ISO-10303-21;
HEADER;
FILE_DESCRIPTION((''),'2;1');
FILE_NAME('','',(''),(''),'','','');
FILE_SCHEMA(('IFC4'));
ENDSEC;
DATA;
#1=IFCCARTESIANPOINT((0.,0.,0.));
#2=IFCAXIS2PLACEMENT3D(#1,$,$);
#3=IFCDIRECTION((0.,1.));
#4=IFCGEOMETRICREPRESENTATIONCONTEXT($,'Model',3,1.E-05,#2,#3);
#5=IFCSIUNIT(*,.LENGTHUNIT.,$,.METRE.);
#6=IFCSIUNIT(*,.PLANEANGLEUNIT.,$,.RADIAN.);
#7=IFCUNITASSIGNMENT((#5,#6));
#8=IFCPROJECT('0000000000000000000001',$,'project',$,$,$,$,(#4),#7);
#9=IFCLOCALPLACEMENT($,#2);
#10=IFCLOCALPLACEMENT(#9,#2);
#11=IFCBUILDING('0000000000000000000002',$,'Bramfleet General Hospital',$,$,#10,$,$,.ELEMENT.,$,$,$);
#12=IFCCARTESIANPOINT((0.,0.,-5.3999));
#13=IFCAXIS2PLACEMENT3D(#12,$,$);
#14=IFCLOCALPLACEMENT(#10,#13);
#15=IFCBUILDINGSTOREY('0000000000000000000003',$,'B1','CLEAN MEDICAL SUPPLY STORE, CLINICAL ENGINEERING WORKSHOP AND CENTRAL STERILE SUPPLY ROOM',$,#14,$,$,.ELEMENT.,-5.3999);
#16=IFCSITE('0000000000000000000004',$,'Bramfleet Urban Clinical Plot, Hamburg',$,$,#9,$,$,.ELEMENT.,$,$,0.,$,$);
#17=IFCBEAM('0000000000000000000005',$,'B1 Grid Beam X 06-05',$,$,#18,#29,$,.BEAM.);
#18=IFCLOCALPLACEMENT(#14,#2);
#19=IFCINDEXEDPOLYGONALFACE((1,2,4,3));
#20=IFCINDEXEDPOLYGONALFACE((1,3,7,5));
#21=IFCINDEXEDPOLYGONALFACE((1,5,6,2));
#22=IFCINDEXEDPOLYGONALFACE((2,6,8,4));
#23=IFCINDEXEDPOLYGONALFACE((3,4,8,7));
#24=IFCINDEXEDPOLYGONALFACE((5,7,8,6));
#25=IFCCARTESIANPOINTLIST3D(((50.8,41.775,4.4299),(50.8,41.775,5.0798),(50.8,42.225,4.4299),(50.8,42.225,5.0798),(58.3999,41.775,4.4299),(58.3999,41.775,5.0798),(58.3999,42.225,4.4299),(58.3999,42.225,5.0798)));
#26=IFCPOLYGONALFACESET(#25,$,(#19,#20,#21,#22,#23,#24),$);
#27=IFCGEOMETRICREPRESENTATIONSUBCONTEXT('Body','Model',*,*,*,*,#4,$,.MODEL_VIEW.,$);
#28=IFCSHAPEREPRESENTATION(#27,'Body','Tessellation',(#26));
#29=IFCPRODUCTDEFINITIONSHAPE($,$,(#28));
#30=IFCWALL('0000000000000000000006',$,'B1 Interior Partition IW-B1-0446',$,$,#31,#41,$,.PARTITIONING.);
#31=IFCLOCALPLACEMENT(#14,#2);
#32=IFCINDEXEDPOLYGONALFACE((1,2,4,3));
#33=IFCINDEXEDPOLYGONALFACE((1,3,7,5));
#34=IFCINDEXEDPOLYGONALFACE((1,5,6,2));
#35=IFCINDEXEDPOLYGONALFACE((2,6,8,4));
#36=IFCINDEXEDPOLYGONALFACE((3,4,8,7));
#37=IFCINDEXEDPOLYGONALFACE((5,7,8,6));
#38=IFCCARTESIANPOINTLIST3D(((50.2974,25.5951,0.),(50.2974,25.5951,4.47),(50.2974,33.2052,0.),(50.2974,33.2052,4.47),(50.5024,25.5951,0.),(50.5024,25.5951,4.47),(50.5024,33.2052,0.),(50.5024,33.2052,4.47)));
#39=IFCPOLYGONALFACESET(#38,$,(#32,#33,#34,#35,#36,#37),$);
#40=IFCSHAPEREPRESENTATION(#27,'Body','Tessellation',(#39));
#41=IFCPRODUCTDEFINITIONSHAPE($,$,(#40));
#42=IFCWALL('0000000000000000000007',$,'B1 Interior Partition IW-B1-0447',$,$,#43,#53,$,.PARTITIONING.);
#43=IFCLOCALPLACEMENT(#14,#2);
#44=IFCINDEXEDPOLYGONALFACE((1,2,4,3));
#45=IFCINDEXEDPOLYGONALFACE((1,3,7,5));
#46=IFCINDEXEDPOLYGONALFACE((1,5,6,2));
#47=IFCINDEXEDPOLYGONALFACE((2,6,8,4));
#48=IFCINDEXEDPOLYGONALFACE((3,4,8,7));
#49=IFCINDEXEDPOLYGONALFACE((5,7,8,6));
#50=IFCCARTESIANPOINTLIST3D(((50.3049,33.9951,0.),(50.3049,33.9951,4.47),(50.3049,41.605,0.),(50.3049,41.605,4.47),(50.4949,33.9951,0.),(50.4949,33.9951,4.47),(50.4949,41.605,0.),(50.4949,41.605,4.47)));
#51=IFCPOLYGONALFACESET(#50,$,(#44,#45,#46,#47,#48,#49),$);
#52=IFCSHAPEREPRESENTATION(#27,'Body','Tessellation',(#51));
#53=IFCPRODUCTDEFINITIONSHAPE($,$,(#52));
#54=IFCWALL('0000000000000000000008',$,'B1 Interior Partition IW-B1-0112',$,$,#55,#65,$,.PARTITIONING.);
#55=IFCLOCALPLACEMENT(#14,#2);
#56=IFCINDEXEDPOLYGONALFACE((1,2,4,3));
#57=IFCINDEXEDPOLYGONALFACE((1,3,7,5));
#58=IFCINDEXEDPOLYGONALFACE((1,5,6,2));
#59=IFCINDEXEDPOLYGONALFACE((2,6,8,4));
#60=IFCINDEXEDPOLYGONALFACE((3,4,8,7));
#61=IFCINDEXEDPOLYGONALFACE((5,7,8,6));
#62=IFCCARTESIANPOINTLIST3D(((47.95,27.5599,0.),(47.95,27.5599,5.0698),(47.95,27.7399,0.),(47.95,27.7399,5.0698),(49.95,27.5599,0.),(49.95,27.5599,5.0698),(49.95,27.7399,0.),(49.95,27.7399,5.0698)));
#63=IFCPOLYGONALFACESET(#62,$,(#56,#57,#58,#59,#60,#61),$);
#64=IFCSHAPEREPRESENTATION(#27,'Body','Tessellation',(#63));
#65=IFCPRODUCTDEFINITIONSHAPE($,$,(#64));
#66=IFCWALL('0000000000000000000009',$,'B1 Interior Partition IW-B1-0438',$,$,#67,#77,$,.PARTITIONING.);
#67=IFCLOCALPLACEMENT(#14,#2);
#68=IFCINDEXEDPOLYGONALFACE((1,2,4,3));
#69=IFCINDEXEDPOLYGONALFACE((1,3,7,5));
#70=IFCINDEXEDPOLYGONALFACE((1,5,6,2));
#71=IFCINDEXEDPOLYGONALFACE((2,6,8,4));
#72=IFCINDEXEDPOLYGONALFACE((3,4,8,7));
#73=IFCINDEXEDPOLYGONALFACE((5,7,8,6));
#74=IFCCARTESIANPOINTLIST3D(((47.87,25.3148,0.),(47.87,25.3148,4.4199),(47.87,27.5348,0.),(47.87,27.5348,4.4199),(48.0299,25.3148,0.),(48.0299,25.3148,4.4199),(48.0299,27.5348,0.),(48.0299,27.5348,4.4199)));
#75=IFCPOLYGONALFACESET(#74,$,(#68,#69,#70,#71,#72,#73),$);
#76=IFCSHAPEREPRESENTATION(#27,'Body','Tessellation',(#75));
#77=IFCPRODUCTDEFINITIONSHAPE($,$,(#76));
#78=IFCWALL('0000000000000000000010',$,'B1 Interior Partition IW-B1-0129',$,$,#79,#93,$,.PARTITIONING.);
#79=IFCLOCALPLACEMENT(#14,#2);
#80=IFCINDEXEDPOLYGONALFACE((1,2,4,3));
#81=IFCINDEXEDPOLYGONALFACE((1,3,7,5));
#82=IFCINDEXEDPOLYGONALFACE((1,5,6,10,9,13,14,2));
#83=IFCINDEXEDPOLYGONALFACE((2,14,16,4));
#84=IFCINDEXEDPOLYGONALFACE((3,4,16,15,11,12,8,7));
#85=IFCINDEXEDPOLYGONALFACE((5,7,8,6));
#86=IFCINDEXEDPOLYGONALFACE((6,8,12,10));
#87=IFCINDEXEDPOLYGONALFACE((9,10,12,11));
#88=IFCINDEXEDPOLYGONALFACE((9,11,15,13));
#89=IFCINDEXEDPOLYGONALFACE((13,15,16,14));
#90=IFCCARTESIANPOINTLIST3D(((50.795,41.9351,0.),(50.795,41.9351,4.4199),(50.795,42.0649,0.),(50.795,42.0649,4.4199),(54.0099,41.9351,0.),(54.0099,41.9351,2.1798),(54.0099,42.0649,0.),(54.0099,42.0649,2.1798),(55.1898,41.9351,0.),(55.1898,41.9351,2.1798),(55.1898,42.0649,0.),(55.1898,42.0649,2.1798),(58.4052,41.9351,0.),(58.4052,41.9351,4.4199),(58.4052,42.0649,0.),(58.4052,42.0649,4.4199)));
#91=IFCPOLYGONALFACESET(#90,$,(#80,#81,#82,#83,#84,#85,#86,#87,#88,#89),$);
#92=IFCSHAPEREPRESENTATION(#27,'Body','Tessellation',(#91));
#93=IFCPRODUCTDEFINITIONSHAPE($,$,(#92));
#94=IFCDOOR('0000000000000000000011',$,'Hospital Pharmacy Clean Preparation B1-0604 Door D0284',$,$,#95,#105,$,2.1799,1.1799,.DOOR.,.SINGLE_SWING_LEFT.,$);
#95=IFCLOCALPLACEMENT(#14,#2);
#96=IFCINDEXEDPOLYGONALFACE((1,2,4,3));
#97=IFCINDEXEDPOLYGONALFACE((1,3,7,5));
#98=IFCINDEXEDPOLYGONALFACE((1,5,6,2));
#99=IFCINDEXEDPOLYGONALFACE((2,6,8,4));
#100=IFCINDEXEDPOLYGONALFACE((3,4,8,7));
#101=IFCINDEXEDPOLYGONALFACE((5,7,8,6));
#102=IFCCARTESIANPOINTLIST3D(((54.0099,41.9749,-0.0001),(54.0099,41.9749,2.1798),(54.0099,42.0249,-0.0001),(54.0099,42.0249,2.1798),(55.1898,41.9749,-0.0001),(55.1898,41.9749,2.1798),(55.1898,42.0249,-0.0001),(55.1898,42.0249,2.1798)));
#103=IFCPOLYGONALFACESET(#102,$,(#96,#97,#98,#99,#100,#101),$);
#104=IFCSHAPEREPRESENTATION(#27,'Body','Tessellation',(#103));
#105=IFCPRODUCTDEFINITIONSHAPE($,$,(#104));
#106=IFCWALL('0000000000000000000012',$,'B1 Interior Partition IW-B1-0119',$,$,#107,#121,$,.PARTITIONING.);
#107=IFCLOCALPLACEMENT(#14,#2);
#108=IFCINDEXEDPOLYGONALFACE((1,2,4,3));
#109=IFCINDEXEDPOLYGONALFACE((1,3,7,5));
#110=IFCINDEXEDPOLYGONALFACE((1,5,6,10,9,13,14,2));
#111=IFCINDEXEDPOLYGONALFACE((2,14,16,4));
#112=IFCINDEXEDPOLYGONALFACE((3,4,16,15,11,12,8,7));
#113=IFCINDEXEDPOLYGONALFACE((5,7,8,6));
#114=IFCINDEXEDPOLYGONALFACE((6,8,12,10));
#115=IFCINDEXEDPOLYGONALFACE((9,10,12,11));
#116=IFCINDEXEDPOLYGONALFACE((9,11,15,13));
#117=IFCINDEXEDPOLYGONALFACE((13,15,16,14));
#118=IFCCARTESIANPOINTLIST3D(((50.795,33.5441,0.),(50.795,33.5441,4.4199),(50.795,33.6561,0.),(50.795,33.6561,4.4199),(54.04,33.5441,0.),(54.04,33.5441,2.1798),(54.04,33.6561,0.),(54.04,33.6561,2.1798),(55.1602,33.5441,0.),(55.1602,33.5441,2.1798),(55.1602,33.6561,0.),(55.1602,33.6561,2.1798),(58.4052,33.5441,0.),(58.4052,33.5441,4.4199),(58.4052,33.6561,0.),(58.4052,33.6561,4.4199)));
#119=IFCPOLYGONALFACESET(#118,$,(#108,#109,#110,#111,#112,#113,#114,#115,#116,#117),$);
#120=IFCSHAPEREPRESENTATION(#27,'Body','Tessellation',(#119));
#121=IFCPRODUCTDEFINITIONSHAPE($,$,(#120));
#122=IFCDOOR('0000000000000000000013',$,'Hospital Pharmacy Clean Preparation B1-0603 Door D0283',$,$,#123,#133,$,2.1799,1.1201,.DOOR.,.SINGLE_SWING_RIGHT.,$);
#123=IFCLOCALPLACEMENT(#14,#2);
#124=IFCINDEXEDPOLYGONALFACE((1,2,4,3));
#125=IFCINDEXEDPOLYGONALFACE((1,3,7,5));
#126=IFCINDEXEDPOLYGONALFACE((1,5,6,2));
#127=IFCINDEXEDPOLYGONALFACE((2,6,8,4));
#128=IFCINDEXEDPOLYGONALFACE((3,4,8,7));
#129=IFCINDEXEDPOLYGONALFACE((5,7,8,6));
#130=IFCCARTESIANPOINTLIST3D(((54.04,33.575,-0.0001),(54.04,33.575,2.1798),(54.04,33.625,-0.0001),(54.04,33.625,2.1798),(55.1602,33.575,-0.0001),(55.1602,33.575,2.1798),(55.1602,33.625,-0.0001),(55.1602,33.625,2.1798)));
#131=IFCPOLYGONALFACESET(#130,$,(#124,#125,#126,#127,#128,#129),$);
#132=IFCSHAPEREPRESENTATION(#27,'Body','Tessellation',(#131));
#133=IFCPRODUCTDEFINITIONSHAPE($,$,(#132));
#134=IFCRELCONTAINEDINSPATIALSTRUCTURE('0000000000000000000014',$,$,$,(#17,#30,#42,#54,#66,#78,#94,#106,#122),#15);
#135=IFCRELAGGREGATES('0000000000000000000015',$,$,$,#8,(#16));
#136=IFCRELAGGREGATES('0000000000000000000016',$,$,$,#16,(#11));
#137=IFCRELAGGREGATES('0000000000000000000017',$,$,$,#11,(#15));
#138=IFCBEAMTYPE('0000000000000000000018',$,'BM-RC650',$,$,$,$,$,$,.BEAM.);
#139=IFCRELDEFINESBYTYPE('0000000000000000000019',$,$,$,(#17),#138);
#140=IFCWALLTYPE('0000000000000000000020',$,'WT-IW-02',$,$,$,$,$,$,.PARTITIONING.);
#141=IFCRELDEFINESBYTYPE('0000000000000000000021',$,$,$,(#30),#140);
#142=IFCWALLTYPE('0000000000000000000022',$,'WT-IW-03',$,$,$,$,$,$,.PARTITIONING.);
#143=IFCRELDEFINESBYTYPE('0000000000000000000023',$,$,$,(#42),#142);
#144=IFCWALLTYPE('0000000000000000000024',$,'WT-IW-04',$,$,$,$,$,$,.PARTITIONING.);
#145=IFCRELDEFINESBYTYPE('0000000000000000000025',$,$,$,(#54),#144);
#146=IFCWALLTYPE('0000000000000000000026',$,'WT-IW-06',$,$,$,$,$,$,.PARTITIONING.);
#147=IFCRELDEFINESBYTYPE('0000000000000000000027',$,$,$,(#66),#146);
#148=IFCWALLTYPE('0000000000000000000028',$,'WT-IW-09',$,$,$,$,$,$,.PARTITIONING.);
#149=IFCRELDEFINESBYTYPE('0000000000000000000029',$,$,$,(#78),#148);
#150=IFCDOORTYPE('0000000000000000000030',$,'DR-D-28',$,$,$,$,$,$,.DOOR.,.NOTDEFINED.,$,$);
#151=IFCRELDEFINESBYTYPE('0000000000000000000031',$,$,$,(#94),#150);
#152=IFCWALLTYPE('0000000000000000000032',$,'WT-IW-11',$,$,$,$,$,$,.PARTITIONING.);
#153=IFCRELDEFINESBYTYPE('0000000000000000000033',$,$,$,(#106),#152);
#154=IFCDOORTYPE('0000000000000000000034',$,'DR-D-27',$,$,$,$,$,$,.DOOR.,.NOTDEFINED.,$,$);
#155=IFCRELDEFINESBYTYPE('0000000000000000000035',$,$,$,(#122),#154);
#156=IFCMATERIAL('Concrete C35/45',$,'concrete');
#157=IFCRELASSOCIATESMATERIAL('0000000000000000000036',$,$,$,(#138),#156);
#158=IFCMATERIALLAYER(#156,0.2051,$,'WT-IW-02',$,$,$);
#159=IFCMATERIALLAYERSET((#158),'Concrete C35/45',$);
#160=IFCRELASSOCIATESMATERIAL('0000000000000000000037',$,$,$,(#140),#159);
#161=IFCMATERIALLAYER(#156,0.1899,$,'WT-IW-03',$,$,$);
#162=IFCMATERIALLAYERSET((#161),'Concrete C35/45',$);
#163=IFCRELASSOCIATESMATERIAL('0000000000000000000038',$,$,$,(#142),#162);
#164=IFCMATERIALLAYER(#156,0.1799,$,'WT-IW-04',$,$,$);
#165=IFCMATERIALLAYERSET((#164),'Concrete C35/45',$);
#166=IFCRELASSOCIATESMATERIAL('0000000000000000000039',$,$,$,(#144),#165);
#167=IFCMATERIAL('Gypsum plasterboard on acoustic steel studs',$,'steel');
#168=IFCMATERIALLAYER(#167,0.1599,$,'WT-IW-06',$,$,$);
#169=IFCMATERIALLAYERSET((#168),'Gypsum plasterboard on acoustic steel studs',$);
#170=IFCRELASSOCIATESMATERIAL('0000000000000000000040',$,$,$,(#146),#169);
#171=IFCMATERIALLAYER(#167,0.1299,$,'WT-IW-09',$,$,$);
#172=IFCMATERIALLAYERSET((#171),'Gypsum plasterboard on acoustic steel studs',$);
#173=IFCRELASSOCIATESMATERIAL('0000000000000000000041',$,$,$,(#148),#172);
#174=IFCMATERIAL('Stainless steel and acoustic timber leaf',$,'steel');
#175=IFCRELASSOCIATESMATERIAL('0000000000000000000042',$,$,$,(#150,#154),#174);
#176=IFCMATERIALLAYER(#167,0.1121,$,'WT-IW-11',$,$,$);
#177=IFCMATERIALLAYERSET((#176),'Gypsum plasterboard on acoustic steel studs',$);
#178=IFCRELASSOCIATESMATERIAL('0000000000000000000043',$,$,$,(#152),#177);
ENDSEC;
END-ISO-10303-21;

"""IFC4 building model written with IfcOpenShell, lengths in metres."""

from ifc_helpers import new_model, si_unit, direction, frame, frame_2d, origin, origin_2d, place, context, subcontext, project, spatial, rectangle, extrude, material, layer, layer_set, material_profile, profile_set, type_object, element, fill, save


model = new_model("IFC4")

# Units and contexts
model_context = context("Model", 3, precision=1e-05, world=origin(), true_north=direction((0.0, 1.0)))
body_context = subcontext(model_context, "Body", "Model", "MODEL_VIEW")
ifc_project = project(units=[si_unit("LENGTHUNIT", "METRE"), si_unit("PLANEANGLEUNIT", "RADIAN")], contexts=[model_context])

# Site, building, storey
site_placement = place(None, origin())
site = spatial("IfcSite", under=ifc_project, at=site_placement, Name="Bramfleet Urban Clinical Plot, Hamburg", CompositionType="ELEMENT", RefElevation=0.0)
building_placement = place(site_placement, origin())
building = spatial("IfcBuilding", under=site, at=building_placement, Name="Bramfleet General Hospital", CompositionType="ELEMENT")
storey_placement = place(building_placement, frame((0.0, 0.0, -5.3999)))
storey = spatial("IfcBuildingStorey", under=building, at=storey_placement, Name="B1", Description="CLEAN MEDICAL SUPPLY STORE, CLINICAL ENGINEERING WORKSHOP AND CENTRAL STERILE SUPPLY ROOM", CompositionType="ELEMENT", Elevation=-5.3999)

# Shared definitions
ifc_material_1 = material(Name="Concrete C35/45", Category="concrete")

# Beam
ifc_material_profile_1 = material_profile(ifc_material_1, rectangle(XDim=0.45, YDim=0.6499, at=origin_2d()), Name="RC BM 650x450")
ifc_profile_set_1 = profile_set([ifc_material_profile_1], Name="Concrete C35/45")
beam_type_1 = type_object("IfcBeamType", Name="BM-RC650", PredefinedType="BEAM", material=ifc_profile_set_1)
for number, where, z_axis, x_axis, name in (
    (1, (50.8, 42.0, 4.7549), (1.0, 0.0, 0.0), (0.0, 1.0, 0.0), "B1 Grid Beam X 06-05"),
):
    element("IfcBeam", number, at=place(storey_placement, frame(where, z_axis=z_axis, x_axis=x_axis)), inside=storey, type_object=beam_type_1, Name=name, PredefinedType="BEAM", context=body_context, shape_type="SweptSolid", body=[
        extrude(rectangle(XDim=0.45, YDim=0.6499, at=origin_2d()), origin(), (0.0, 0.0, 1.0), 7.5999),
    ])

# Walls
ifc_layer_1 = layer(ifc_material_1, 0.2051, Name="WT-IW-02")
ifc_layer_set_1 = layer_set([ifc_layer_1], Name="Concrete C35/45")
wall_type_1 = type_object("IfcWallType", Name="WT-IW-02", PredefinedType="PARTITIONING", material=ifc_layer_set_1)
wall_1_placement = place(storey_placement, frame((50.3999, 25.595, 0.0), z_axis=(0.0, 0.0, 1.0), x_axis=(0.0, 1.0, 0.0)))
element("IfcWall", 2, at=wall_1_placement, inside=storey, type_object=wall_type_1, Name="B1 Interior Partition IW-B1-0446", PredefinedType="PARTITIONING", context=body_context, shape_type="SweptSolid", body=[
    extrude(rectangle(XDim=7.6101, YDim=0.2051, at=frame_2d((3.8052, 0.0))), origin(), (0.0, 0.0, 1.0), 4.47),
])
ifc_layer_2 = layer(ifc_material_1, 0.1899, Name="WT-IW-03")
ifc_layer_set_2 = layer_set([ifc_layer_2], Name="Concrete C35/45")
wall_type_2 = type_object("IfcWallType", Name="WT-IW-03", PredefinedType="PARTITIONING", material=ifc_layer_set_2)
wall_2_placement = place(storey_placement, frame((50.3999, 33.9951, 0.0), z_axis=(0.0, 0.0, 1.0), x_axis=(0.0, 1.0, 0.0)))
element("IfcWall", 3, at=wall_2_placement, inside=storey, type_object=wall_type_2, Name="B1 Interior Partition IW-B1-0447", PredefinedType="PARTITIONING", context=body_context, shape_type="SweptSolid", body=[
    extrude(rectangle(XDim=7.6099, YDim=0.1899, at=frame_2d((3.8049, 0.0))), origin(), (0.0, 0.0, 1.0), 4.47),
])
ifc_layer_3 = layer(ifc_material_1, 0.1799, Name="WT-IW-04")
ifc_layer_set_3 = layer_set([ifc_layer_3], Name="Concrete C35/45")
wall_type_3 = type_object("IfcWallType", Name="WT-IW-04", PredefinedType="PARTITIONING", material=ifc_layer_set_3)
wall_3_placement = place(storey_placement, frame((47.95, 27.6499, 0.0), z_axis=(0.0, 0.0, 1.0), x_axis=(1.0, 0.0, 0.0)))
element("IfcWall", 4, at=wall_3_placement, inside=storey, type_object=wall_type_3, Name="B1 Interior Partition IW-B1-0112", PredefinedType="PARTITIONING", context=body_context, shape_type="SweptSolid", body=[
    extrude(rectangle(XDim=2.0, YDim=0.1799, at=frame_2d((1.0, 0.0))), origin(), (0.0, 0.0, 1.0), 5.0698),
])
ifc_material_2 = material(Name="Gypsum plasterboard on acoustic steel studs", Category="steel")
ifc_layer_4 = layer(ifc_material_2, 0.1599, Name="WT-IW-06")
ifc_layer_set_4 = layer_set([ifc_layer_4], Name="Gypsum plasterboard on acoustic steel studs")
wall_type_4 = type_object("IfcWallType", Name="WT-IW-06", PredefinedType="PARTITIONING", material=ifc_layer_set_4)
wall_4_placement = place(storey_placement, frame((47.95, 25.3149, 0.0), z_axis=(0.0, 0.0, 1.0), x_axis=(0.0, 1.0, 0.0)))
element("IfcWall", 5, at=wall_4_placement, inside=storey, type_object=wall_type_4, Name="B1 Interior Partition IW-B1-0438", PredefinedType="PARTITIONING", context=body_context, shape_type="SweptSolid", body=[
    extrude(rectangle(XDim=2.22, YDim=0.1599, at=frame_2d((1.1099, 0.0))), origin(), (0.0, 0.0, 1.0), 4.4199),
])

# Walls, openings, doors
ifc_layer_5 = layer(ifc_material_2, 0.1299, Name="WT-IW-09")
ifc_layer_set_5 = layer_set([ifc_layer_5], Name="Gypsum plasterboard on acoustic steel studs")
wall_type_5 = type_object("IfcWallType", Name="WT-IW-09", PredefinedType="PARTITIONING", material=ifc_layer_set_5)
wall_5_placement = place(storey_placement, frame((50.7949, 42.0, 0.0), z_axis=(0.0, 0.0, 1.0), x_axis=(1.0, 0.0, 0.0)))
wall_5 = element("IfcWall", 6, at=wall_5_placement, inside=storey, type_object=wall_type_5, Name="B1 Interior Partition IW-B1-0129", PredefinedType="PARTITIONING", context=body_context, shape_type="SweptSolid", body=[
    extrude(rectangle(XDim=7.6101, YDim=0.1299, at=frame_2d((3.8052, 0.0))), origin(), (0.0, 0.0, 1.0), 4.4199),
])
opening_1_placement = place(wall_5_placement, frame((3.2151, 0.0, 0.0)))
opening_1 = element("IfcOpeningElement", 7, at=opening_1_placement, cuts=wall_5, PredefinedType="OPENING", context=body_context, shape_type="SweptSolid", body=[
    extrude(rectangle(XDim=1.1799, YDim=2.1799, at=frame_2d((0.5898, 1.0898))), frame((0.0, 0.075, 0.0), z_axis=(0.0, -1.0, 0.0), x_axis=(1.0, 0.0, 0.0)), (0.0, 0.0, 1.0), 0.1499),
])
ifc_material_3 = material(Name="Stainless steel and acoustic timber leaf", Category="steel")
door_type_1 = type_object("IfcDoorType", Name="DR-D-28", OperationType="NOTDEFINED", PredefinedType="DOOR", material=ifc_material_3)
door_1_placement = place(opening_1_placement, origin())
door_1 = element("IfcDoor", 8, at=door_1_placement, inside=storey, type_object=door_type_1, Name="Hospital Pharmacy Clean Preparation B1-0604 Door D0284", OperationType="SINGLE_SWING_LEFT", OverallHeight=2.1799, OverallWidth=1.1799, PredefinedType="DOOR", context=body_context, shape_type="SweptSolid", body=[
    extrude(rectangle(XDim=1.1799, YDim=2.1799, at=frame_2d((0.5898, 1.0898))), frame((0.0, 0.0249, 0.0), z_axis=(0.0, -1.0, 0.0), x_axis=(1.0, 0.0, 0.0)), (0.0, 0.0, 1.0), 0.05),
])
fill(opening_1, door_1)
ifc_layer_6 = layer(ifc_material_2, 0.1121, Name="WT-IW-11")
ifc_layer_set_6 = layer_set([ifc_layer_6], Name="Gypsum plasterboard on acoustic steel studs")
wall_type_6 = type_object("IfcWallType", Name="WT-IW-11", PredefinedType="PARTITIONING", material=ifc_layer_set_6)
wall_6_placement = place(storey_placement, frame((50.7949, 33.6001, 0.0), z_axis=(0.0, 0.0, 1.0), x_axis=(1.0, 0.0, 0.0)))
wall_6 = element("IfcWall", 9, at=wall_6_placement, inside=storey, type_object=wall_type_6, Name="B1 Interior Partition IW-B1-0119", PredefinedType="PARTITIONING", context=body_context, shape_type="SweptSolid", body=[
    extrude(rectangle(XDim=7.6101, YDim=0.1121, at=frame_2d((3.8052, 0.0))), origin(), (0.0, 0.0, 1.0), 4.4199),
])
opening_2_placement = place(wall_6_placement, frame((3.2451, 0.0, 0.0)))
opening_2 = element("IfcOpeningElement", 10, at=opening_2_placement, cuts=wall_6, PredefinedType="OPENING", context=body_context, shape_type="SweptSolid", body=[
    extrude(rectangle(XDim=1.1201, YDim=2.1799, at=frame_2d((0.5601, 1.0898))), frame((0.0, 0.0659, 0.0), z_axis=(0.0, -1.0, 0.0), x_axis=(1.0, 0.0, 0.0)), (0.0, 0.0, 1.0), 0.1321),
])
door_type_2 = type_object("IfcDoorType", Name="DR-D-27", OperationType="NOTDEFINED", PredefinedType="DOOR", material=ifc_material_3)
door_2_placement = place(opening_2_placement, origin())
door_2 = element("IfcDoor", 11, at=door_2_placement, inside=storey, type_object=door_type_2, Name="Hospital Pharmacy Clean Preparation B1-0603 Door D0283", OperationType="SINGLE_SWING_RIGHT", OverallHeight=2.1799, OverallWidth=1.1201, PredefinedType="DOOR", context=body_context, shape_type="SweptSolid", body=[
    extrude(rectangle(XDim=1.1201, YDim=2.1799, at=frame_2d((0.5601, 1.0898))), frame((0.0, 0.0249, 0.0), z_axis=(0.0, -1.0, 0.0), x_axis=(1.0, 0.0, 0.0)), (0.0, 0.0, 1.0), 0.05),
])
fill(opening_2, door_2)

save(model, "model.ifc")
